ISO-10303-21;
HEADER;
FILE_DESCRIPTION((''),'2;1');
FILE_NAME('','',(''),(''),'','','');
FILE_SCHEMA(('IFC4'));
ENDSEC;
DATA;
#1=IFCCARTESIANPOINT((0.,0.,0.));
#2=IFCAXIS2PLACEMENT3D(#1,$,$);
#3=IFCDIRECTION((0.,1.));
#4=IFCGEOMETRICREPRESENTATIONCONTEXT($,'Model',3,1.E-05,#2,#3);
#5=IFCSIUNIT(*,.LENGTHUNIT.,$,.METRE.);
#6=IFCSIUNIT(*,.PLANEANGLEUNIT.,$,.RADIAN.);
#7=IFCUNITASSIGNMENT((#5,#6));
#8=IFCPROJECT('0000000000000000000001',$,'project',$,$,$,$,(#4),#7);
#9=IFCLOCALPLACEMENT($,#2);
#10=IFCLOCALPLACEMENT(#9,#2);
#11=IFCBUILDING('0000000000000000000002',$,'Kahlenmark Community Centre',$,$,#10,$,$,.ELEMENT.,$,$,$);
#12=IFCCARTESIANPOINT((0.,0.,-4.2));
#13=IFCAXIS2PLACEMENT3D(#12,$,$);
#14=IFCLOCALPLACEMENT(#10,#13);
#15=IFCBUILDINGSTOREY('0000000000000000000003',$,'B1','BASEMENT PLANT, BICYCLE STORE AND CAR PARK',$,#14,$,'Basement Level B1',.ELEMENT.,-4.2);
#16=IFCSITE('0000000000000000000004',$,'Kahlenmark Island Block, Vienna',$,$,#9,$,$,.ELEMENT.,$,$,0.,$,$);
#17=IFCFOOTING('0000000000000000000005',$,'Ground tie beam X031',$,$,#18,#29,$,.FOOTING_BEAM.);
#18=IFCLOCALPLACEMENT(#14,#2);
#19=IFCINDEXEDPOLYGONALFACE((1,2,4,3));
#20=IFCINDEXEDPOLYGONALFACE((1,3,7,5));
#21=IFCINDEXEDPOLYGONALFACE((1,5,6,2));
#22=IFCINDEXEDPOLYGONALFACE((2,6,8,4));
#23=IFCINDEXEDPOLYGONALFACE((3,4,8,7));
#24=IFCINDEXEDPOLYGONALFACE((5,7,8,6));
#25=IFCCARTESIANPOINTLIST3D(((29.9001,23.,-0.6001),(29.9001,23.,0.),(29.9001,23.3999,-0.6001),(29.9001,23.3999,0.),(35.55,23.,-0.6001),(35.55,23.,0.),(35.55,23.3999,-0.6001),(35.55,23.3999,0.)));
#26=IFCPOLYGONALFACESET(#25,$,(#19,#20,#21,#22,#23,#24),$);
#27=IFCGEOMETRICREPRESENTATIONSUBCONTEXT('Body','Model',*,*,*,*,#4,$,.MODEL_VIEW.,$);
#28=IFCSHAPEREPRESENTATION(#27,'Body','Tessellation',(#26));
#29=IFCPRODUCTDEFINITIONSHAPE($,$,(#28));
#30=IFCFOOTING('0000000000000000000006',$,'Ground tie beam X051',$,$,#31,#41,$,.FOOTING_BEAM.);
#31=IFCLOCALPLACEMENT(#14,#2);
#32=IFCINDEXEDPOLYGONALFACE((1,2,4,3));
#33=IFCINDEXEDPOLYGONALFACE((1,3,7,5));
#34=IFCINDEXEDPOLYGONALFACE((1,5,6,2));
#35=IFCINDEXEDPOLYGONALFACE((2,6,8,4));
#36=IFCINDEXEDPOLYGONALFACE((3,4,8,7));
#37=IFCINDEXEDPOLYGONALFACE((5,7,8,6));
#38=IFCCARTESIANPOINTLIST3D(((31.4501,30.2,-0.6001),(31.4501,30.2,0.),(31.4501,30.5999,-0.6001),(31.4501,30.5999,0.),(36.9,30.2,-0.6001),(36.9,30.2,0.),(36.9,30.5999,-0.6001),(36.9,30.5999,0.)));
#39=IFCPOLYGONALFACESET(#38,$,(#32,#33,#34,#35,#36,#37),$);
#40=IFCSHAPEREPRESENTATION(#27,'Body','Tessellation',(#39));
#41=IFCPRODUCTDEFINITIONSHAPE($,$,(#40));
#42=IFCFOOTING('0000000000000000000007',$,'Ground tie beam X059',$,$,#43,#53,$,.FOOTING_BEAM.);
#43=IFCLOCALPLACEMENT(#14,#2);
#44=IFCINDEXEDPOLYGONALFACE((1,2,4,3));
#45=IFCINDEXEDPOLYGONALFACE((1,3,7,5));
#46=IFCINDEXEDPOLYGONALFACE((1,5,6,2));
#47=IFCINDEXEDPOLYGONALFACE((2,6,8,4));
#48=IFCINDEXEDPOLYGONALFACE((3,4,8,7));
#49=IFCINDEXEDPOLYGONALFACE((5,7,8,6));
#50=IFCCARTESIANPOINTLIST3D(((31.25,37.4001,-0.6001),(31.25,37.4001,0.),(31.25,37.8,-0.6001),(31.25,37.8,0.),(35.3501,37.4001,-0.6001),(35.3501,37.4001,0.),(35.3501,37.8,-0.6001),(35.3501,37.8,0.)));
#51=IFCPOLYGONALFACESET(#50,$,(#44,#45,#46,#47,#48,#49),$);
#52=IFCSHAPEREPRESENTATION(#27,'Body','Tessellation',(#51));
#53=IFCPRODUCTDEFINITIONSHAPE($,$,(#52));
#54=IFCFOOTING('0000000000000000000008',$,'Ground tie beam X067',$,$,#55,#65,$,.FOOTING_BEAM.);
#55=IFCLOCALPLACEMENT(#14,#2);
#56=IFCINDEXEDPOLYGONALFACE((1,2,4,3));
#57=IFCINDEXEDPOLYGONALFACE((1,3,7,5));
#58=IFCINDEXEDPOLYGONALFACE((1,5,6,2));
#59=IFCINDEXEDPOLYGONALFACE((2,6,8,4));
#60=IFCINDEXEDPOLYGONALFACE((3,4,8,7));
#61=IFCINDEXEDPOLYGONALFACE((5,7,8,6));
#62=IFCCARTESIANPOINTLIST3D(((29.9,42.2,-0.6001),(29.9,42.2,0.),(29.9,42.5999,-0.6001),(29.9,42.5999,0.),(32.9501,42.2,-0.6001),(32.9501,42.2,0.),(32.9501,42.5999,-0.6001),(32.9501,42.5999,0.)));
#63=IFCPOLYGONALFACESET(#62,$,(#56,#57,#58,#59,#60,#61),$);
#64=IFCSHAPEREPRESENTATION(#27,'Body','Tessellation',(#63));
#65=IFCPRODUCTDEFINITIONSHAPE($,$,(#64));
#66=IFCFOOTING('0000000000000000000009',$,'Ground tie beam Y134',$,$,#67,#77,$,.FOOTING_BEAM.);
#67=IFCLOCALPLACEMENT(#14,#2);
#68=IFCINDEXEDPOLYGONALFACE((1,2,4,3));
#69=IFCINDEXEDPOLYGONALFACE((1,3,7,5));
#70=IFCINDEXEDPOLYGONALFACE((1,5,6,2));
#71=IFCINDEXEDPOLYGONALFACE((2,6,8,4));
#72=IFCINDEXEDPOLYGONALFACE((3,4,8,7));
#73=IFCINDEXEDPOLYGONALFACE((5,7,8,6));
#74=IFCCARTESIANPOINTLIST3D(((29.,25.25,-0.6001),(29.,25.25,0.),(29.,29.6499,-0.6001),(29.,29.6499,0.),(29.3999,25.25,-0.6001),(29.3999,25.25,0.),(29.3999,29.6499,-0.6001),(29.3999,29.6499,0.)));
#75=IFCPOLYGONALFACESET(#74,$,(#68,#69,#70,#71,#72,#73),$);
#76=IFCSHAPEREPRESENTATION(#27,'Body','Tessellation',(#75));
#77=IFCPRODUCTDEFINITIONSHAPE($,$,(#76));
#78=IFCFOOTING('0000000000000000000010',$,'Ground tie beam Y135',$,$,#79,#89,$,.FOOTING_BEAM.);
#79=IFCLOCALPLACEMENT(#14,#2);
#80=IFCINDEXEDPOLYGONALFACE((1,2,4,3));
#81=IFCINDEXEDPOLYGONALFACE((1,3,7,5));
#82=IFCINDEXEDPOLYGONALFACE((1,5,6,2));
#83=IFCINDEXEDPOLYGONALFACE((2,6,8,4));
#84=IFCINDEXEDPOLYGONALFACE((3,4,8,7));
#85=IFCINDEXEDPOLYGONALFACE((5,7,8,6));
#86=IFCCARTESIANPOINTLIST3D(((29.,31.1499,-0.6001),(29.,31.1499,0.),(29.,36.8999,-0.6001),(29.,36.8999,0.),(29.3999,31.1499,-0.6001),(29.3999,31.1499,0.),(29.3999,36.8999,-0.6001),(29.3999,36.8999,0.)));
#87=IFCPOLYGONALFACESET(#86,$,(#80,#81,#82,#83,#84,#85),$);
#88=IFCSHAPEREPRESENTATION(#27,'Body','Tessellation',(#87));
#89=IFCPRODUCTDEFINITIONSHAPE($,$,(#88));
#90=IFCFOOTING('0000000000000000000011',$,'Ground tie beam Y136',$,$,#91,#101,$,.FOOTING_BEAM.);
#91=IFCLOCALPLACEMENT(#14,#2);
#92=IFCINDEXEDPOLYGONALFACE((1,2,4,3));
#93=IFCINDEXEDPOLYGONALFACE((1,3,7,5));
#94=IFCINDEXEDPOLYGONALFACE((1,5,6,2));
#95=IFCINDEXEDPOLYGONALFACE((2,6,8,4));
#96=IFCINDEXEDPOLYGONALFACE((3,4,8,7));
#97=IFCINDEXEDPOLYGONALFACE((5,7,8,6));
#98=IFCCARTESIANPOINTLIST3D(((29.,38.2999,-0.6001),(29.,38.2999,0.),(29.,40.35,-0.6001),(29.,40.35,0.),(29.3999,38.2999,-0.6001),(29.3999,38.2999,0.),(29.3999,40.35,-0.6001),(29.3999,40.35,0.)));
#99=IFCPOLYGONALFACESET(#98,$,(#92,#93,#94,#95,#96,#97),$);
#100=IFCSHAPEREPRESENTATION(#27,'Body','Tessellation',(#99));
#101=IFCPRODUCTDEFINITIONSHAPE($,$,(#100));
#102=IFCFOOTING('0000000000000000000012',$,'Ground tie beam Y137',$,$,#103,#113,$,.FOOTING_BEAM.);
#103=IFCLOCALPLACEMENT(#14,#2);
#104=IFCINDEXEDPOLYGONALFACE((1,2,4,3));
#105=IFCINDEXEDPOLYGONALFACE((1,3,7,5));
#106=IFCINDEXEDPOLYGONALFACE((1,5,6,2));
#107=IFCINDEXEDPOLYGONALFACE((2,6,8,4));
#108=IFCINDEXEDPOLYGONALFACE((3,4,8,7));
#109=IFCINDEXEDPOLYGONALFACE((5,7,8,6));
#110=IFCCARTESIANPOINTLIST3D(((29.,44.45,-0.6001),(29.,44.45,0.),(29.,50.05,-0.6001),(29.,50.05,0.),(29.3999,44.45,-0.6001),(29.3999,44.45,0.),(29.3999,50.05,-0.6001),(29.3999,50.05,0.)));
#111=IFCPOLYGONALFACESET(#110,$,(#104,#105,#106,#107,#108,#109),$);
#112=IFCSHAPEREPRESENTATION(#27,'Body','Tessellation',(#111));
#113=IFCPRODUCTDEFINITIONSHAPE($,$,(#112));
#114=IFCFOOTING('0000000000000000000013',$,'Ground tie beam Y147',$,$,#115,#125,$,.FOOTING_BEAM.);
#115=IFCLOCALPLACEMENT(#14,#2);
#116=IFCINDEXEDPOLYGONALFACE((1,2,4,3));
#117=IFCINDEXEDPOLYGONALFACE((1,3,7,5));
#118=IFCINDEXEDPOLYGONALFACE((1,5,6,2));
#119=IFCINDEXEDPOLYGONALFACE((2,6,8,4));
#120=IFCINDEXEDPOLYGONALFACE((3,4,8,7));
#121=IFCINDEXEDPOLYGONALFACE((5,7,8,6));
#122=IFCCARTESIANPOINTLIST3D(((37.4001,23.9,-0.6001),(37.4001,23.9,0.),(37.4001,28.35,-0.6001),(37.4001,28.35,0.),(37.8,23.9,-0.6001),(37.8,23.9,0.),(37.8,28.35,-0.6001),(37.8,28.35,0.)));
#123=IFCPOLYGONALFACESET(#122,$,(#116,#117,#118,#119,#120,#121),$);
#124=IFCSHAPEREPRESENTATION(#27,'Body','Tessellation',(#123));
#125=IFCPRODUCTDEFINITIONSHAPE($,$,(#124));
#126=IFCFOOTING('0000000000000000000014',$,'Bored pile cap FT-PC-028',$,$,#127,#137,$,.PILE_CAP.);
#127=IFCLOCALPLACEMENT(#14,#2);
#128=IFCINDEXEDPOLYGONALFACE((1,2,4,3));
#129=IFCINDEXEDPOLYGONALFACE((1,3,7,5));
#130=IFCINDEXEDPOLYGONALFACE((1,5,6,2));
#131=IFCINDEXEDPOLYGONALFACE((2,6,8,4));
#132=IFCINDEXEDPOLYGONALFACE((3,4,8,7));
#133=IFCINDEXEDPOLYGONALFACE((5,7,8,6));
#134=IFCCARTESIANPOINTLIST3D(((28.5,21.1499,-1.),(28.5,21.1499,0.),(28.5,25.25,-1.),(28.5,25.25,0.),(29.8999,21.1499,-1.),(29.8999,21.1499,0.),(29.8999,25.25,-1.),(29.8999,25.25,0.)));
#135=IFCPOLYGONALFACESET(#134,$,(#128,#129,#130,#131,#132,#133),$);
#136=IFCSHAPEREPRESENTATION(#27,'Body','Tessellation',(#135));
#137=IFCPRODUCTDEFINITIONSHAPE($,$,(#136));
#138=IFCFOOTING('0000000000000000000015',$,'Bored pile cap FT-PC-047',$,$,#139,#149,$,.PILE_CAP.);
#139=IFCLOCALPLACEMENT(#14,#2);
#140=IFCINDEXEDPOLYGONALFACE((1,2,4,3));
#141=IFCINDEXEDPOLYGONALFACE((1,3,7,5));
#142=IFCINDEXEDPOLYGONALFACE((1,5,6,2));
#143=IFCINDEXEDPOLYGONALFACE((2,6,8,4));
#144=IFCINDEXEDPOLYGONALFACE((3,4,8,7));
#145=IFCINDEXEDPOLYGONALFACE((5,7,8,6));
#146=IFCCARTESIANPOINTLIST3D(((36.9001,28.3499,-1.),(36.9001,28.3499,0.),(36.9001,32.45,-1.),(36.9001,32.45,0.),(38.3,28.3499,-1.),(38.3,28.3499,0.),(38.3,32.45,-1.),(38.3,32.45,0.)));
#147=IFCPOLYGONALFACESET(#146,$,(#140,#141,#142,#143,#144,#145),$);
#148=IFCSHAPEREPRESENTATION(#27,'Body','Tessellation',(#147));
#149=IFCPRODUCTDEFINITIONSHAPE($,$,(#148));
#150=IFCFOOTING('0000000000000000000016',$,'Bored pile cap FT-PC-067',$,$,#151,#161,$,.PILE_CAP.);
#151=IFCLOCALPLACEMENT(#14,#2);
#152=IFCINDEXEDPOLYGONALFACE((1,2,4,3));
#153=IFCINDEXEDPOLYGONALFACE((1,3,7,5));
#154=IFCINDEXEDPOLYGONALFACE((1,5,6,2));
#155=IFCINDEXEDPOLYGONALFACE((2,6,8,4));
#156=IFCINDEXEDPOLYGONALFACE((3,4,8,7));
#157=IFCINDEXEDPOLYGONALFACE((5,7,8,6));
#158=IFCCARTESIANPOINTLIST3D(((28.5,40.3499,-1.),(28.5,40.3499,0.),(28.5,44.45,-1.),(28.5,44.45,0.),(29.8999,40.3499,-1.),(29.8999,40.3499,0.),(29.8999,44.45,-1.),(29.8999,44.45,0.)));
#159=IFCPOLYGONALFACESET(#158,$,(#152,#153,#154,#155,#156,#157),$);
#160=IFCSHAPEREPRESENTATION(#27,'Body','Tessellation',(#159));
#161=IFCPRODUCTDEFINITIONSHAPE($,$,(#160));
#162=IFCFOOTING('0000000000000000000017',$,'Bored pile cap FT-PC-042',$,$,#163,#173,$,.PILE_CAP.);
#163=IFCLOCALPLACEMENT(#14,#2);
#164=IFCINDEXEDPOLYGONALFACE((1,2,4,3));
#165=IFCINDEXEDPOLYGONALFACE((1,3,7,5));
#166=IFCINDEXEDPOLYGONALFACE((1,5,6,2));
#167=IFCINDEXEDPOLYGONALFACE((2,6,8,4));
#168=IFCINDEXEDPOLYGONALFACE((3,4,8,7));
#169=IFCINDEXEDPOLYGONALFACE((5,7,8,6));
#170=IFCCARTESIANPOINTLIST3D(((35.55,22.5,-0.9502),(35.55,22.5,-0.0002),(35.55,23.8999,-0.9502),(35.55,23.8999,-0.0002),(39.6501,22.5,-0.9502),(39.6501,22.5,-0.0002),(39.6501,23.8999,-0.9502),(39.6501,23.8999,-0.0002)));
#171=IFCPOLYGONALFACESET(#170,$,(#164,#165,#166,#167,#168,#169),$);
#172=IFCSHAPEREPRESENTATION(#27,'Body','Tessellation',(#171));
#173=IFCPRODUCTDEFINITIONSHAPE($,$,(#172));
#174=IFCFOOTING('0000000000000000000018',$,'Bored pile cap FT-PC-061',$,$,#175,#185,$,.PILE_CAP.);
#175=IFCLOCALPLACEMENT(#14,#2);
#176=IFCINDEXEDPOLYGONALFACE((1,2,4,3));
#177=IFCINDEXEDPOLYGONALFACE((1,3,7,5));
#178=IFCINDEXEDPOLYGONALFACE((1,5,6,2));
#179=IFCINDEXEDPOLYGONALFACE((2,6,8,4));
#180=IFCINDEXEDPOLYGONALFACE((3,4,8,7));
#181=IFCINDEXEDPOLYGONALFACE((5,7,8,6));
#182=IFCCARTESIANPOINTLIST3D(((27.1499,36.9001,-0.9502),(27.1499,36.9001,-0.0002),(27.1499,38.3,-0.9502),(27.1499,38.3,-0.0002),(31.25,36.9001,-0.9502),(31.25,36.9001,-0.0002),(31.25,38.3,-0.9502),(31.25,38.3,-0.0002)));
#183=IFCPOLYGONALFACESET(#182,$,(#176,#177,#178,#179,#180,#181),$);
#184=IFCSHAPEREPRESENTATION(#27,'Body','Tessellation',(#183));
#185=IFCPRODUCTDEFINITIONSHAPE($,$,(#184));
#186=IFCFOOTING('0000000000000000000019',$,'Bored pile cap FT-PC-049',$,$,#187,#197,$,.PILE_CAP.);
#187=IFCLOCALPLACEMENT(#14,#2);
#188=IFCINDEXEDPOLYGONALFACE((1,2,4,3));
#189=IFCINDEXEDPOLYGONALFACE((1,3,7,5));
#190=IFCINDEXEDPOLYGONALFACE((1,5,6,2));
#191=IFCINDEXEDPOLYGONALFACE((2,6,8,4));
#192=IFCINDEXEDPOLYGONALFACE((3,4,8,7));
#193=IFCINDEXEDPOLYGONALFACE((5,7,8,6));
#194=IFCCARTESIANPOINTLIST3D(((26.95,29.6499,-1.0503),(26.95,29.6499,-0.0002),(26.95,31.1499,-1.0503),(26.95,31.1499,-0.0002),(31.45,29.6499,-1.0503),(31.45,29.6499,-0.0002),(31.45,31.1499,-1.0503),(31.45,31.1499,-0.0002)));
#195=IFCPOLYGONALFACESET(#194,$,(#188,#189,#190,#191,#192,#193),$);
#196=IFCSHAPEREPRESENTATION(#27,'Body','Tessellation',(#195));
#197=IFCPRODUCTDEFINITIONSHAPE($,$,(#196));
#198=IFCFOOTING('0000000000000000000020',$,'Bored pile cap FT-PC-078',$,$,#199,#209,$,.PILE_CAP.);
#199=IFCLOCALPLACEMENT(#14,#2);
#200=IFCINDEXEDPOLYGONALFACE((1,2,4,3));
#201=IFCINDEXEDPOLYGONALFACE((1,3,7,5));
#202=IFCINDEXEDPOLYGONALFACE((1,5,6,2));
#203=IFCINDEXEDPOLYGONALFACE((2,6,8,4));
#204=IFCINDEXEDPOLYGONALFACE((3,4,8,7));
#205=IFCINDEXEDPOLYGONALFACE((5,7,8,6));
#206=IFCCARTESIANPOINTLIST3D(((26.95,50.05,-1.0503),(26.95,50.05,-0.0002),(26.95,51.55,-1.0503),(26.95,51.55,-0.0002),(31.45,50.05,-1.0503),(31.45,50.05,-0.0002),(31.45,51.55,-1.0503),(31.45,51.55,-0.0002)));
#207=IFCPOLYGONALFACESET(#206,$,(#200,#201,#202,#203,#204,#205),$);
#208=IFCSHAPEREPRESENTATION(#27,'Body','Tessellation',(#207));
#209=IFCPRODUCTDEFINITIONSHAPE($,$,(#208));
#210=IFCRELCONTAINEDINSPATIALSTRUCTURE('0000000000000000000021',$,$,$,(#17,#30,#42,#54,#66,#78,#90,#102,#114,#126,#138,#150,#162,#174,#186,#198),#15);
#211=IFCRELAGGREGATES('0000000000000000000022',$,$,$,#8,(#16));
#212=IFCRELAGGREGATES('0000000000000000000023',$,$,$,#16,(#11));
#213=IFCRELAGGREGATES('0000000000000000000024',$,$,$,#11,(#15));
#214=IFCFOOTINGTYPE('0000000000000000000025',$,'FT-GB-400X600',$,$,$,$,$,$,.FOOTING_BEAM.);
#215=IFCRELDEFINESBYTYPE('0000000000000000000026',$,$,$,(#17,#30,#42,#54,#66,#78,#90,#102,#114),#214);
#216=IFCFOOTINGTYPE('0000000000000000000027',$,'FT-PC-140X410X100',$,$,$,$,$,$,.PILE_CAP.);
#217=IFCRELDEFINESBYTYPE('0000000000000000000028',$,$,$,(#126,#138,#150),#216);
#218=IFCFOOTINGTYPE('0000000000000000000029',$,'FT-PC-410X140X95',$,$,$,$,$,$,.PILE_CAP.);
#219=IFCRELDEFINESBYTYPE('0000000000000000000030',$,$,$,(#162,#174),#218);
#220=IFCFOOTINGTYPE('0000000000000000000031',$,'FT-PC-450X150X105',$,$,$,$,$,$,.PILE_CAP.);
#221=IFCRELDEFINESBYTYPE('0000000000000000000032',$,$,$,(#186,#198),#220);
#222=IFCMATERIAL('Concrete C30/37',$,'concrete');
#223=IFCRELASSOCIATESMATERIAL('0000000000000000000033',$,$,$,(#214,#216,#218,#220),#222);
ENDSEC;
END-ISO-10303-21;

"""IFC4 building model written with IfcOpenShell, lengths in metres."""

from ifc_helpers import new_model, si_unit, direction, frame, origin, origin_2d, place, context, subcontext, project, spatial, rectangle, extrude, material, type_object, element, save


model = new_model("IFC4")

# Units and contexts
model_context = context("Model", 3, precision=1e-05, world=origin(), true_north=direction((0.0, 1.0)))
body_context = subcontext(model_context, "Body", "Model", "MODEL_VIEW")
ifc_project = project(units=[si_unit("LENGTHUNIT", "METRE"), si_unit("PLANEANGLEUNIT", "RADIAN")], contexts=[model_context])

# Site, building, storey
site_placement = place(None, origin())
site = spatial("IfcSite", under=ifc_project, at=site_placement, Name="Kahlenmark Island Block, Vienna", CompositionType="ELEMENT", RefElevation=0.0)
building_placement = place(site_placement, origin())
building = spatial("IfcBuilding", under=site, at=building_placement, Name="Kahlenmark Community Centre", CompositionType="ELEMENT")
storey_placement = place(building_placement, frame((0.0, 0.0, -4.2)))
storey = spatial("IfcBuildingStorey", under=building, at=storey_placement, Name="B1", Description="BASEMENT PLANT, BICYCLE STORE AND CAR PARK", LongName="Basement Level B1", CompositionType="ELEMENT", Elevation=-4.2)

# Footings
ifc_material_1 = material(Name="Concrete C30/37", Category="concrete")
footing_type_1 = type_object("IfcFootingType", Name="FT-GB-400X600", PredefinedType="FOOTING_BEAM", material=ifc_material_1)
footing_1_placement = place(storey_placement, frame((32.7251, 23.2, -0.6001), z_axis=(0.0, 0.0, 1.0), x_axis=(1.0, 0.0, 0.0)))
element("IfcFooting", 1, at=footing_1_placement, inside=storey, type_object=footing_type_1, Name="Ground tie beam X031", PredefinedType="FOOTING_BEAM", context=body_context, shape_type="SweptSolid", body=[
    extrude(rectangle(XDim=5.6499, YDim=0.3999, at=origin_2d()), origin(), (0.0, 0.0, 1.0), 0.6001),
])
footing_2_placement = place(storey_placement, frame((34.175, 30.3999, -0.6001), z_axis=(0.0, 0.0, 1.0), x_axis=(1.0, 0.0, 0.0)))
element("IfcFooting", 2, at=footing_2_placement, inside=storey, type_object=footing_type_1, Name="Ground tie beam X051", PredefinedType="FOOTING_BEAM", context=body_context, shape_type="SweptSolid", body=[
    extrude(rectangle(XDim=5.45, YDim=0.3999, at=origin_2d()), origin(), (0.0, 0.0, 1.0), 0.6001),
])
footing_3_placement = place(storey_placement, frame((33.3, 37.6001, -0.6001), z_axis=(0.0, 0.0, 1.0), x_axis=(1.0, 0.0, 0.0)))
element("IfcFooting", 3, at=footing_3_placement, inside=storey, type_object=footing_type_1, Name="Ground tie beam X059", PredefinedType="FOOTING_BEAM", context=body_context, shape_type="SweptSolid", body=[
    extrude(rectangle(XDim=4.1001, YDim=0.3999, at=origin_2d()), origin(), (0.0, 0.0, 1.0), 0.6001),
])
footing_4_placement = place(storey_placement, frame((31.425, 42.3999, -0.6001), z_axis=(0.0, 0.0, 1.0), x_axis=(1.0, 0.0, 0.0)))
element("IfcFooting", 4, at=footing_4_placement, inside=storey, type_object=footing_type_1, Name="Ground tie beam X067", PredefinedType="FOOTING_BEAM", context=body_context, shape_type="SweptSolid", body=[
    extrude(rectangle(XDim=3.05, YDim=0.3999, at=origin_2d()), origin(), (0.0, 0.0, 1.0), 0.6001),
])
footing_5_placement = place(storey_placement, frame((29.2, 27.45, -0.6001), z_axis=(0.0, 0.0, 1.0), x_axis=(1.0, 0.0, 0.0)))
element("IfcFooting", 5, at=footing_5_placement, inside=storey, type_object=footing_type_1, Name="Ground tie beam Y134", PredefinedType="FOOTING_BEAM", context=body_context, shape_type="SweptSolid", body=[
    extrude(rectangle(XDim=0.3999, YDim=4.3999, at=origin_2d()), origin(), (0.0, 0.0, 1.0), 0.6001),
])
footing_6_placement = place(storey_placement, frame((29.2, 34.0249, -0.6001), z_axis=(0.0, 0.0, 1.0), x_axis=(1.0, 0.0, 0.0)))
element("IfcFooting", 6, at=footing_6_placement, inside=storey, type_object=footing_type_1, Name="Ground tie beam Y135", PredefinedType="FOOTING_BEAM", context=body_context, shape_type="SweptSolid", body=[
    extrude(rectangle(XDim=0.3999, YDim=5.75, at=origin_2d()), origin(), (0.0, 0.0, 1.0), 0.6001),
])
footing_7_placement = place(storey_placement, frame((29.2, 39.325, -0.6001), z_axis=(0.0, 0.0, 1.0), x_axis=(1.0, 0.0, 0.0)))
element("IfcFooting", 7, at=footing_7_placement, inside=storey, type_object=footing_type_1, Name="Ground tie beam Y136", PredefinedType="FOOTING_BEAM", context=body_context, shape_type="SweptSolid", body=[
    extrude(rectangle(XDim=0.3999, YDim=2.05, at=origin_2d()), origin(), (0.0, 0.0, 1.0), 0.6001),
])
footing_8_placement = place(storey_placement, frame((29.2, 47.25, -0.6001), z_axis=(0.0, 0.0, 1.0), x_axis=(1.0, 0.0, 0.0)))
element("IfcFooting", 8, at=footing_8_placement, inside=storey, type_object=footing_type_1, Name="Ground tie beam Y137", PredefinedType="FOOTING_BEAM", context=body_context, shape_type="SweptSolid", body=[
    extrude(rectangle(XDim=0.3999, YDim=5.6001, at=origin_2d()), origin(), (0.0, 0.0, 1.0), 0.6001),
])
footing_9_placement = place(storey_placement, frame((37.6001, 26.125, -0.6001), z_axis=(0.0, 0.0, 1.0), x_axis=(1.0, 0.0, 0.0)))
element("IfcFooting", 9, at=footing_9_placement, inside=storey, type_object=footing_type_1, Name="Ground tie beam Y147", PredefinedType="FOOTING_BEAM", context=body_context, shape_type="SweptSolid", body=[
    extrude(rectangle(XDim=0.3999, YDim=4.45, at=origin_2d()), origin(), (0.0, 0.0, 1.0), 0.6001),
])
footing_type_2 = type_object("IfcFootingType", Name="FT-PC-140X410X100", PredefinedType="PILE_CAP", material=ifc_material_1)
for number, where, z_axis, x_axis, name in (
    (10, (29.2, 23.2, -1.0), (0.0, 0.0, 1.0), (1.0, 0.0, 0.0), "Bored pile cap FT-PC-028"),
    (11, (37.6001, 30.3999, -1.0), (0.0, 0.0, 1.0), (1.0, 0.0, 0.0), "Bored pile cap FT-PC-047"),
    (12, (29.2, 42.3999, -1.0), (0.0, 0.0, 1.0), (1.0, 0.0, 0.0), "Bored pile cap FT-PC-067"),
):
    element("IfcFooting", number, at=place(storey_placement, frame(where, z_axis=z_axis, x_axis=x_axis)), inside=storey, type_object=footing_type_2, Name=name, PredefinedType="PILE_CAP", context=body_context, shape_type="SweptSolid", body=[
        extrude(rectangle(XDim=1.3999, YDim=4.1001, at=origin_2d()), origin(), (0.0, 0.0, 1.0), 1.0),
    ])
footing_type_3 = type_object("IfcFootingType", Name="FT-PC-410X140X95", PredefinedType="PILE_CAP", material=ifc_material_1)
for number, where, z_axis, x_axis, name in (
    (13, (37.6001, 23.2, -0.9502), (0.0, 0.0, 1.0), (1.0, 0.0, 0.0), "Bored pile cap FT-PC-042"),
    (14, (29.2, 37.6001, -0.9502), (0.0, 0.0, 1.0), (1.0, 0.0, 0.0), "Bored pile cap FT-PC-061"),
):
    element("IfcFooting", number, at=place(storey_placement, frame(where, z_axis=z_axis, x_axis=x_axis)), inside=storey, type_object=footing_type_3, Name=name, PredefinedType="PILE_CAP", context=body_context, shape_type="SweptSolid", body=[
        extrude(rectangle(XDim=4.1001, YDim=1.3999, at=origin_2d()), origin(), (0.0, 0.0, 1.0), 0.95),
    ])
footing_type_4 = type_object("IfcFootingType", Name="FT-PC-450X150X105", PredefinedType="PILE_CAP", material=ifc_material_1)
for number, where, z_axis, x_axis, name in (
    (15, (29.2, 30.3999, -1.0503), (0.0, 0.0, 1.0), (1.0, 0.0, 0.0), "Bored pile cap FT-PC-049"),
    (16, (29.2, 50.8, -1.0503), (0.0, 0.0, 1.0), (1.0, 0.0, 0.0), "Bored pile cap FT-PC-078"),
):
    element("IfcFooting", number, at=place(storey_placement, frame(where, z_axis=z_axis, x_axis=x_axis)), inside=storey, type_object=footing_type_4, Name=name, PredefinedType="PILE_CAP", context=body_context, shape_type="SweptSolid", body=[
        extrude(rectangle(XDim=4.5, YDim=1.5, at=origin_2d()), origin(), (0.0, 0.0, 1.0), 1.05),
    ])

save(model, "model.ifc")
